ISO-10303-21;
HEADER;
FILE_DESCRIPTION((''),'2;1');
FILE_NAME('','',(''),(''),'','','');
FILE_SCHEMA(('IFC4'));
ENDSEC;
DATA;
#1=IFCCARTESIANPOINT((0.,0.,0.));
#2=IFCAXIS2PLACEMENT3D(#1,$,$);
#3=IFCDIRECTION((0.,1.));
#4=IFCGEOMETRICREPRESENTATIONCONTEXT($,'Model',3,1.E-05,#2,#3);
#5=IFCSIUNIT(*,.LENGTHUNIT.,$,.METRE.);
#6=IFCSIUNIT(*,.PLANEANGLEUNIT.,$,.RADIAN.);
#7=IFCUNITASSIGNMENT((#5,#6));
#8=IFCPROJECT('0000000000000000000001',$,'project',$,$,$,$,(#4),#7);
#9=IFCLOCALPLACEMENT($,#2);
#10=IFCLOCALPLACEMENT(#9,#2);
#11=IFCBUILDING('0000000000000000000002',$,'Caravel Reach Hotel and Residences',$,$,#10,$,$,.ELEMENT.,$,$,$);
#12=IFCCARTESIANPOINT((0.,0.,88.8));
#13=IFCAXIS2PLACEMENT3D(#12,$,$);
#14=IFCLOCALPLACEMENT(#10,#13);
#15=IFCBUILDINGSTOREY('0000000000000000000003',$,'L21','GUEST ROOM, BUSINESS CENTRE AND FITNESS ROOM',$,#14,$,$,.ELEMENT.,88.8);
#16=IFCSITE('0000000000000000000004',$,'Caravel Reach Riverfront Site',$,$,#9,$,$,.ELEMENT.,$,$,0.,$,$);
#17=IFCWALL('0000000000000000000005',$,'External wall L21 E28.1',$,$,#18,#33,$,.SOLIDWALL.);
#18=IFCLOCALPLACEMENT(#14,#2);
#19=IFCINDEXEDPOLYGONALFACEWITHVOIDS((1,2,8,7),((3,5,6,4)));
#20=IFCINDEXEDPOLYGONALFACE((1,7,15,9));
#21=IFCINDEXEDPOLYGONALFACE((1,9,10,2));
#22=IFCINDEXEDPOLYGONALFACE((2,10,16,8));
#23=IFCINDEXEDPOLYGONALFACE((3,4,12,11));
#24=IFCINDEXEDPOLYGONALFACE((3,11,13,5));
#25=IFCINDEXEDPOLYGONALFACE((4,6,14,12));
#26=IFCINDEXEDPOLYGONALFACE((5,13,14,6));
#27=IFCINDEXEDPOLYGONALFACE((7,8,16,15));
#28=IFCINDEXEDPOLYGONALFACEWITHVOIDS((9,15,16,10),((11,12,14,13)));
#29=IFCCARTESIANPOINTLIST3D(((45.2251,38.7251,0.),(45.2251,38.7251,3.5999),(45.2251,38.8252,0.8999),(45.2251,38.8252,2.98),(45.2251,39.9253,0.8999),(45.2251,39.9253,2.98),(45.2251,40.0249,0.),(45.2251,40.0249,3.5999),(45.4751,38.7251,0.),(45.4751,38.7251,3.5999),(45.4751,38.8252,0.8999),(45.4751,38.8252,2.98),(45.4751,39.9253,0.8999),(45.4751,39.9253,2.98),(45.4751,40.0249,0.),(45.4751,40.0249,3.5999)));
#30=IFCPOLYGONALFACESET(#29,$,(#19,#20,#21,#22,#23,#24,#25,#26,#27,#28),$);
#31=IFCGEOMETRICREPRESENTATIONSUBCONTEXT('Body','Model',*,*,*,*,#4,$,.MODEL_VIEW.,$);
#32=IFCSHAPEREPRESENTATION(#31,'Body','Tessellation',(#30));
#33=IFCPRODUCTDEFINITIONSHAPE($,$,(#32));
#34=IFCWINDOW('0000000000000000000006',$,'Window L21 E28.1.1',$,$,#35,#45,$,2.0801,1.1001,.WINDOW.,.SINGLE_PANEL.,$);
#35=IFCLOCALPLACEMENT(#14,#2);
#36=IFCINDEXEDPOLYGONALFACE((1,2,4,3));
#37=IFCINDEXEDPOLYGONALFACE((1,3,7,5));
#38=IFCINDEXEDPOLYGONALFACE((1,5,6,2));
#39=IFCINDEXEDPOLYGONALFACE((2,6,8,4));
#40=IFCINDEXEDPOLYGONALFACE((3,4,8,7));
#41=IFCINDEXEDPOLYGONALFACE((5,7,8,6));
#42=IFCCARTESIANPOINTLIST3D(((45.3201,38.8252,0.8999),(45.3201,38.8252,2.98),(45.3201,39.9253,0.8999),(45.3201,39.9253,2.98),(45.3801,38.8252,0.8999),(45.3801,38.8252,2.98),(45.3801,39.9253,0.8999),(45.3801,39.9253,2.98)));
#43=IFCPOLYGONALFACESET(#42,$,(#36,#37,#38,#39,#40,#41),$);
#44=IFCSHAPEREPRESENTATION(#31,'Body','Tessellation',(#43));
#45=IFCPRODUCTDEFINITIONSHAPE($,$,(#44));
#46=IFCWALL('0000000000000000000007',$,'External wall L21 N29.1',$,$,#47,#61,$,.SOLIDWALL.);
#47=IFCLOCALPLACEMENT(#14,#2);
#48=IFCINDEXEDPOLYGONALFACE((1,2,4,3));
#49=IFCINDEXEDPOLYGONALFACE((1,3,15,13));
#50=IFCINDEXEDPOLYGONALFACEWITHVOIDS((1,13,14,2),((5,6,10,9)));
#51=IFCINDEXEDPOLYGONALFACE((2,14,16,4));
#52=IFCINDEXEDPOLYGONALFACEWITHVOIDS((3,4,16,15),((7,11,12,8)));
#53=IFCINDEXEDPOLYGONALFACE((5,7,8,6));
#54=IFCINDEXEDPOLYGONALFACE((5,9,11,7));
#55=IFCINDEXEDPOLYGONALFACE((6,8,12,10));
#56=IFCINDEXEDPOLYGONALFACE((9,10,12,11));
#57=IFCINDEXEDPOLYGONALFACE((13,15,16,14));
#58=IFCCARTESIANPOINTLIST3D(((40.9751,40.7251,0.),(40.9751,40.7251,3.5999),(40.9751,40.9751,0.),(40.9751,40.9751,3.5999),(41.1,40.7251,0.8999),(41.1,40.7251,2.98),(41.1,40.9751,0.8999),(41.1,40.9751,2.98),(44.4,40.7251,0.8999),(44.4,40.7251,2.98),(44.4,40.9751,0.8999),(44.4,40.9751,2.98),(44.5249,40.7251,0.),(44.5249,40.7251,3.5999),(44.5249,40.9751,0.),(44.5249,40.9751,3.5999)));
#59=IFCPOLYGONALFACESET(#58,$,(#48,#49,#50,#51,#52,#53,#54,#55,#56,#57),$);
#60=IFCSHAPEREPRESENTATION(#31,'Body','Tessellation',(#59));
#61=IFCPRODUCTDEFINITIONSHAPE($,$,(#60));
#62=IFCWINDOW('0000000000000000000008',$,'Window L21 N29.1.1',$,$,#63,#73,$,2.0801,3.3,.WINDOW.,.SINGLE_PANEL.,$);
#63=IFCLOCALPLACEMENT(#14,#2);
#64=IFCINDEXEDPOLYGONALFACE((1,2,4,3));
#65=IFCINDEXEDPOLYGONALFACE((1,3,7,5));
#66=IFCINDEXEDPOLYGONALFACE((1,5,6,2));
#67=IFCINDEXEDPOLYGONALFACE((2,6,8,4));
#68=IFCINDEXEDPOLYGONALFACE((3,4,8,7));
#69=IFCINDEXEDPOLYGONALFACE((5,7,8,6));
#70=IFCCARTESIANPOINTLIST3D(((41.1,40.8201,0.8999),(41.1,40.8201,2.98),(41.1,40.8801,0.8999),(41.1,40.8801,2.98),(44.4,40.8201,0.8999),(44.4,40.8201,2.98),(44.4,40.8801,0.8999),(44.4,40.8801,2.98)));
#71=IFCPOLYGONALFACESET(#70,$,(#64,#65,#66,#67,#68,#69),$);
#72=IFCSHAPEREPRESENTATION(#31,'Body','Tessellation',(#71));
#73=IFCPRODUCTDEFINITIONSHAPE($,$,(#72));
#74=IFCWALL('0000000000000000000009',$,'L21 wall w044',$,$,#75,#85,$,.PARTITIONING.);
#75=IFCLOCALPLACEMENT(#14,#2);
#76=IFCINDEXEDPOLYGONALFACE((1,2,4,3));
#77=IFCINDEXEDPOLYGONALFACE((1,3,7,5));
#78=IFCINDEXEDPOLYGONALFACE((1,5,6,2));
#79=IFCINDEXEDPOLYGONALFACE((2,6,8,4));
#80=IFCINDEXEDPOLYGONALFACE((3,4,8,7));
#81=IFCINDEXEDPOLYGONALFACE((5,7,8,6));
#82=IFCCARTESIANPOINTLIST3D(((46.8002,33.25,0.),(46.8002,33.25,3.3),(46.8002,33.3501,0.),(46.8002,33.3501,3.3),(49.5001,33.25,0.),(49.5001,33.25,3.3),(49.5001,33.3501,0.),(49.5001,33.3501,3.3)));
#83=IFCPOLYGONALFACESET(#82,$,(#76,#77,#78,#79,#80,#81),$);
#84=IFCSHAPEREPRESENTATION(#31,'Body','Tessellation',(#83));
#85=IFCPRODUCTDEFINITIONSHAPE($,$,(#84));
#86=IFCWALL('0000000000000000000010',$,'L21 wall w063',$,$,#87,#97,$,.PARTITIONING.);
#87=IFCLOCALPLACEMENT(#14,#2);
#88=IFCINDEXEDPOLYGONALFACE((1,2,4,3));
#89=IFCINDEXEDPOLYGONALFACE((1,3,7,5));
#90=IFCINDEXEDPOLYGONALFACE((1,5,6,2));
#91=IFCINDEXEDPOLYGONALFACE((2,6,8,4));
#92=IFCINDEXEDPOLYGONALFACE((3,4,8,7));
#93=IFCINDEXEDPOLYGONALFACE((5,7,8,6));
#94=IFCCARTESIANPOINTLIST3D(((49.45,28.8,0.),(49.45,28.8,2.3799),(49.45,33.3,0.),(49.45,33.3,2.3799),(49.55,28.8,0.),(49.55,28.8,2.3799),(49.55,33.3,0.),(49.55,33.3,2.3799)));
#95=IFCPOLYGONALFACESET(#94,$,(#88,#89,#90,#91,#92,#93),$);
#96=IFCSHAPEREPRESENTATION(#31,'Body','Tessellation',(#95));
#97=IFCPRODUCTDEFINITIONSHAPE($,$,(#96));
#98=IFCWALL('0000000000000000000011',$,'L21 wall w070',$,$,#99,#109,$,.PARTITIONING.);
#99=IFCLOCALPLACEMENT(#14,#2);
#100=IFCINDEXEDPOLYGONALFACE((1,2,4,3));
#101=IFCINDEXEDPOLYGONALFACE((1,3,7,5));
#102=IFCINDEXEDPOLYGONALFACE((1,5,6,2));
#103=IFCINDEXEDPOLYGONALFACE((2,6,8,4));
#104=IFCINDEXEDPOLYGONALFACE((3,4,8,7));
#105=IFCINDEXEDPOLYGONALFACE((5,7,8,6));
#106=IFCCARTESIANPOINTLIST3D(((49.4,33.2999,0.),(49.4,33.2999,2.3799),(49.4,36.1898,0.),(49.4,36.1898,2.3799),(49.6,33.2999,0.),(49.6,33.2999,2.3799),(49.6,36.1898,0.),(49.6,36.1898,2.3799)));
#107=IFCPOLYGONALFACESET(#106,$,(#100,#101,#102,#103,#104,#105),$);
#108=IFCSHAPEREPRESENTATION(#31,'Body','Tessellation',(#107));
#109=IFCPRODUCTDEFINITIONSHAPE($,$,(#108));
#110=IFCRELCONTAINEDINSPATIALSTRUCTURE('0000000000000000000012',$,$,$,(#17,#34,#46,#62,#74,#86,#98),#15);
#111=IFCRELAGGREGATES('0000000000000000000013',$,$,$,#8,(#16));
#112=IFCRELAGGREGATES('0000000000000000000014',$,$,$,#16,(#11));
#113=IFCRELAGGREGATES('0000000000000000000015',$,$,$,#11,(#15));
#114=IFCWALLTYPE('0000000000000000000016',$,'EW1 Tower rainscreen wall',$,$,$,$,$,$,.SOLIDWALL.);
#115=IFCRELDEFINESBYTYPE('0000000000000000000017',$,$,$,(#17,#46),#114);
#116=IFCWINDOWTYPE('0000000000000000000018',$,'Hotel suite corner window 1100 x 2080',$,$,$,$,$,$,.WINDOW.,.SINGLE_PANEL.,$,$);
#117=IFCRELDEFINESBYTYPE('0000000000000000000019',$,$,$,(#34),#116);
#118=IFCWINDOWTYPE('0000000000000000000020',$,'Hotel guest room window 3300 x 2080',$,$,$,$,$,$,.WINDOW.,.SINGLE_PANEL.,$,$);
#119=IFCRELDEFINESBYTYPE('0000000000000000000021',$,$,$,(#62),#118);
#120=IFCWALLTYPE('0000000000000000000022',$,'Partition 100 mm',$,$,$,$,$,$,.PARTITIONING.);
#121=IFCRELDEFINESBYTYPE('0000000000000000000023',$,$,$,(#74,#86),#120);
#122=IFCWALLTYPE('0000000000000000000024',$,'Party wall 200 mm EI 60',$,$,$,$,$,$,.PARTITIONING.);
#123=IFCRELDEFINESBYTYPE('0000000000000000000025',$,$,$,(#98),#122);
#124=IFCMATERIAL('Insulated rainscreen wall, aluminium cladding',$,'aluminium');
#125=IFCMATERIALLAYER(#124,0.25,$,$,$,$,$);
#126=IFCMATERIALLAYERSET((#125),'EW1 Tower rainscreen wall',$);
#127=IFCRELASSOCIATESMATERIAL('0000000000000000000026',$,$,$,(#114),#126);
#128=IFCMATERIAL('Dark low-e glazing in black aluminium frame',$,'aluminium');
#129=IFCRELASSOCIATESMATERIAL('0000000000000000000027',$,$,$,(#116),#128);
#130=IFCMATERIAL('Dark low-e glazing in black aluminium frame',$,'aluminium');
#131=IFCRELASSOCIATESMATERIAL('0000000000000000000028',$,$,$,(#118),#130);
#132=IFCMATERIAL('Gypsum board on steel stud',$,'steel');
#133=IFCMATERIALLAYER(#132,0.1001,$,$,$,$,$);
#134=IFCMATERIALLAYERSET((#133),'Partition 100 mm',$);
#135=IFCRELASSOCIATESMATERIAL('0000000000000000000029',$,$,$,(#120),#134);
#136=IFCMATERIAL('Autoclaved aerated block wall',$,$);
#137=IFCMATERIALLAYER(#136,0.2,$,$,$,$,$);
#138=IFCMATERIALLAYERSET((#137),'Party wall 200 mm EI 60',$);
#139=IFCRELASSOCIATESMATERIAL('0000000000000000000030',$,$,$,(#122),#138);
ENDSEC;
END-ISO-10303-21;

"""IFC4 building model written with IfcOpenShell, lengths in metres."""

from ifc_helpers import new_model, si_unit, direction, frame, frame_2d, origin, place, context, subcontext, project, spatial, rectangle, extrude, material, layer, layer_set, type_object, element, fill, save


model = new_model("IFC4")

# Units and contexts
model_context = context("Model", 3, precision=1e-05, world=origin(), true_north=direction((0.0, 1.0)))
body_context = subcontext(model_context, "Body", "Model", "MODEL_VIEW")
ifc_project = project(units=[si_unit("LENGTHUNIT", "METRE"), si_unit("PLANEANGLEUNIT", "RADIAN")], contexts=[model_context])

# Site, building, storey
site_placement = place(None, origin())
site = spatial("IfcSite", under=ifc_project, at=site_placement, Name="Caravel Reach Riverfront Site", CompositionType="ELEMENT", RefElevation=0.0)
building_placement = place(site_placement, origin())
building = spatial("IfcBuilding", under=site, at=building_placement, Name="Caravel Reach Hotel and Residences", CompositionType="ELEMENT")
storey_placement = place(building_placement, frame((0.0, 0.0, 88.8)))
storey = spatial("IfcBuildingStorey", under=building, at=storey_placement, Name="L21", Description="GUEST ROOM, BUSINESS CENTRE AND FITNESS ROOM", CompositionType="ELEMENT", Elevation=88.8)

# Walls, openings, windows
ifc_material_1 = material(Name="Insulated rainscreen wall, aluminium cladding", Category="aluminium")
ifc_layer_1 = layer(ifc_material_1, 0.25)
ifc_layer_set_1 = layer_set([ifc_layer_1], Name="EW1 Tower rainscreen wall")
wall_type_1 = type_object("IfcWallType", Name="EW1 Tower rainscreen wall", PredefinedType="SOLIDWALL", material=ifc_layer_set_1)
ifc_material_2 = material(Name="Dark low-e glazing in black aluminium frame", Category="aluminium")
window_type_1 = type_object("IfcWindowType", Name="Hotel suite corner window 1100 x 2080", PartitioningType="SINGLE_PANEL", PredefinedType="WINDOW", material=ifc_material_2)
wall_1_placement = place(storey_placement, frame((45.3501, 38.7251, 0.0), z_axis=(0.0, 0.0, 1.0), x_axis=(0.0, 1.0, 0.0)))
wall_1 = element("IfcWall", 1, at=wall_1_placement, inside=storey, type_object=wall_type_1, Name="External wall L21 E28.1", PredefinedType="SOLIDWALL", context=body_context, shape_type="SweptSolid", body=[
    extrude(rectangle(XDim=1.2998, YDim=0.25, at=frame_2d((0.6499, 0.0))), origin(), (0.0, 0.0, 1.0), 3.5999),
])
opening_1_placement = place(wall_1_placement, frame((0.1001, 0.0, 0.8999)))
opening_1 = element("IfcOpeningElement", 2, at=opening_1_placement, cuts=wall_1, PredefinedType="OPENING", context=body_context, shape_type="SweptSolid", body=[
    extrude(rectangle(XDim=1.1001, YDim=2.0801, at=frame_2d((0.55, 1.04))), frame((0.0, 0.135, 0.0), z_axis=(0.0, -1.0, 0.0), x_axis=(1.0, 0.0, 0.0)), (0.0, 0.0, 1.0), 0.27),
])
window_1_placement = place(opening_1_placement, origin())
window_1 = element("IfcWindow", 3, at=window_1_placement, inside=storey, type_object=window_type_1, Name="Window L21 E28.1.1", OverallHeight=2.0801, OverallWidth=1.1001, PartitioningType="SINGLE_PANEL", PredefinedType="WINDOW", context=body_context, shape_type="SweptSolid", body=[
    extrude(rectangle(XDim=1.1001, YDim=2.0801, at=frame_2d((0.55, 1.04))), frame((0.0, 0.03, 0.0), z_axis=(0.0, -1.0, 0.0), x_axis=(1.0, 0.0, 0.0)), (0.0, 0.0, 1.0), 0.0601),
])
fill(opening_1, window_1)
wall_2_placement = place(storey_placement, frame((44.5249, 40.8501, 0.0), z_axis=(0.0, 0.0, 1.0), x_axis=(-1.0, 0.0, 0.0)))
wall_2 = element("IfcWall", 4, at=wall_2_placement, inside=storey, type_object=wall_type_1, Name="External wall L21 N29.1", PredefinedType="SOLIDWALL", context=body_context, shape_type="SweptSolid", body=[
    extrude(rectangle(XDim=3.5498, YDim=0.25, at=frame_2d((1.7749, 0.0))), origin(), (0.0, 0.0, 1.0), 3.5999),
])
opening_2_placement = place(wall_2_placement, frame((0.125, 0.0, 0.8999)))
opening_2 = element("IfcOpeningElement", 5, at=opening_2_placement, cuts=wall_2, PredefinedType="OPENING", context=body_context, shape_type="SweptSolid", body=[
    extrude(rectangle(XDim=3.3, YDim=2.0801, at=frame_2d((1.6499, 1.04))), frame((0.0, 0.135, 0.0), z_axis=(0.0, -1.0, 0.0), x_axis=(1.0, 0.0, 0.0)), (0.0, 0.0, 1.0), 0.27),
])
ifc_material_3 = material(Name="Dark low-e glazing in black aluminium frame", Category="aluminium")
window_type_2 = type_object("IfcWindowType", Name="Hotel guest room window 3300 x 2080", PartitioningType="SINGLE_PANEL", PredefinedType="WINDOW", material=ifc_material_3)
window_2_placement = place(opening_2_placement, origin())
window_2 = element("IfcWindow", 6, at=window_2_placement, inside=storey, type_object=window_type_2, Name="Window L21 N29.1.1", OverallHeight=2.0801, OverallWidth=3.3, PartitioningType="SINGLE_PANEL", PredefinedType="WINDOW", context=body_context, shape_type="SweptSolid", body=[
    extrude(rectangle(XDim=3.3, YDim=2.0801, at=frame_2d((1.6499, 1.04))), frame((0.0, 0.03, 0.0), z_axis=(0.0, -1.0, 0.0), x_axis=(1.0, 0.0, 0.0)), (0.0, 0.0, 1.0), 0.0601),
])
fill(opening_2, window_2)

# Walls
ifc_material_4 = material(Name="Gypsum board on steel stud", Category="steel")
ifc_layer_2 = layer(ifc_material_4, 0.1001)
ifc_layer_set_2 = layer_set([ifc_layer_2], Name="Partition 100 mm")
wall_type_2 = type_object("IfcWallType", Name="Partition 100 mm", PredefinedType="PARTITIONING", material=ifc_layer_set_2)
wall_3_placement = place(storey_placement, frame((46.8, 33.3, 0.0), z_axis=(0.0, 0.0, 1.0), x_axis=(1.0, 0.0, 0.0)))
element("IfcWall", 7, at=wall_3_placement, inside=storey, type_object=wall_type_2, Name="L21 wall w044", PredefinedType="PARTITIONING", context=body_context, shape_type="SweptSolid", body=[
    extrude(rectangle(XDim=2.7, YDim=0.1001, at=frame_2d((1.3501, 0.0))), origin(), (0.0, 0.0, 1.0), 3.3),
])
wall_4_placement = place(storey_placement, frame((49.5, 28.8, 0.0), z_axis=(0.0, 0.0, 1.0), x_axis=(0.0, 1.0, 0.0)))
element("IfcWall", 8, at=wall_4_placement, inside=storey, type_object=wall_type_2, Name="L21 wall w063", PredefinedType="PARTITIONING", context=body_context, shape_type="SweptSolid", body=[
    extrude(rectangle(XDim=4.5, YDim=0.1001, at=frame_2d((2.25, 0.0))), origin(), (0.0, 0.0, 1.0), 2.3799),
])
ifc_material_5 = material(Name="Autoclaved aerated block wall")
ifc_layer_3 = layer(ifc_material_5, 0.2)
ifc_layer_set_3 = layer_set([ifc_layer_3], Name="Party wall 200 mm EI 60")
wall_type_3 = type_object("IfcWallType", Name="Party wall 200 mm EI 60", PredefinedType="PARTITIONING", material=ifc_layer_set_3)
wall_5_placement = place(storey_placement, frame((49.5, 33.3, 0.0), z_axis=(0.0, 0.0, 1.0), x_axis=(0.0, 1.0, 0.0)))
element("IfcWall", 9, at=wall_5_placement, inside=storey, type_object=wall_type_3, Name="L21 wall w070", PredefinedType="PARTITIONING", context=body_context, shape_type="SweptSolid", body=[
    extrude(rectangle(XDim=2.8899, YDim=0.2, at=frame_2d((1.4448, 0.0))), origin(), (0.0, 0.0, 1.0), 2.3799),
])

save(model, "model.ifc")
